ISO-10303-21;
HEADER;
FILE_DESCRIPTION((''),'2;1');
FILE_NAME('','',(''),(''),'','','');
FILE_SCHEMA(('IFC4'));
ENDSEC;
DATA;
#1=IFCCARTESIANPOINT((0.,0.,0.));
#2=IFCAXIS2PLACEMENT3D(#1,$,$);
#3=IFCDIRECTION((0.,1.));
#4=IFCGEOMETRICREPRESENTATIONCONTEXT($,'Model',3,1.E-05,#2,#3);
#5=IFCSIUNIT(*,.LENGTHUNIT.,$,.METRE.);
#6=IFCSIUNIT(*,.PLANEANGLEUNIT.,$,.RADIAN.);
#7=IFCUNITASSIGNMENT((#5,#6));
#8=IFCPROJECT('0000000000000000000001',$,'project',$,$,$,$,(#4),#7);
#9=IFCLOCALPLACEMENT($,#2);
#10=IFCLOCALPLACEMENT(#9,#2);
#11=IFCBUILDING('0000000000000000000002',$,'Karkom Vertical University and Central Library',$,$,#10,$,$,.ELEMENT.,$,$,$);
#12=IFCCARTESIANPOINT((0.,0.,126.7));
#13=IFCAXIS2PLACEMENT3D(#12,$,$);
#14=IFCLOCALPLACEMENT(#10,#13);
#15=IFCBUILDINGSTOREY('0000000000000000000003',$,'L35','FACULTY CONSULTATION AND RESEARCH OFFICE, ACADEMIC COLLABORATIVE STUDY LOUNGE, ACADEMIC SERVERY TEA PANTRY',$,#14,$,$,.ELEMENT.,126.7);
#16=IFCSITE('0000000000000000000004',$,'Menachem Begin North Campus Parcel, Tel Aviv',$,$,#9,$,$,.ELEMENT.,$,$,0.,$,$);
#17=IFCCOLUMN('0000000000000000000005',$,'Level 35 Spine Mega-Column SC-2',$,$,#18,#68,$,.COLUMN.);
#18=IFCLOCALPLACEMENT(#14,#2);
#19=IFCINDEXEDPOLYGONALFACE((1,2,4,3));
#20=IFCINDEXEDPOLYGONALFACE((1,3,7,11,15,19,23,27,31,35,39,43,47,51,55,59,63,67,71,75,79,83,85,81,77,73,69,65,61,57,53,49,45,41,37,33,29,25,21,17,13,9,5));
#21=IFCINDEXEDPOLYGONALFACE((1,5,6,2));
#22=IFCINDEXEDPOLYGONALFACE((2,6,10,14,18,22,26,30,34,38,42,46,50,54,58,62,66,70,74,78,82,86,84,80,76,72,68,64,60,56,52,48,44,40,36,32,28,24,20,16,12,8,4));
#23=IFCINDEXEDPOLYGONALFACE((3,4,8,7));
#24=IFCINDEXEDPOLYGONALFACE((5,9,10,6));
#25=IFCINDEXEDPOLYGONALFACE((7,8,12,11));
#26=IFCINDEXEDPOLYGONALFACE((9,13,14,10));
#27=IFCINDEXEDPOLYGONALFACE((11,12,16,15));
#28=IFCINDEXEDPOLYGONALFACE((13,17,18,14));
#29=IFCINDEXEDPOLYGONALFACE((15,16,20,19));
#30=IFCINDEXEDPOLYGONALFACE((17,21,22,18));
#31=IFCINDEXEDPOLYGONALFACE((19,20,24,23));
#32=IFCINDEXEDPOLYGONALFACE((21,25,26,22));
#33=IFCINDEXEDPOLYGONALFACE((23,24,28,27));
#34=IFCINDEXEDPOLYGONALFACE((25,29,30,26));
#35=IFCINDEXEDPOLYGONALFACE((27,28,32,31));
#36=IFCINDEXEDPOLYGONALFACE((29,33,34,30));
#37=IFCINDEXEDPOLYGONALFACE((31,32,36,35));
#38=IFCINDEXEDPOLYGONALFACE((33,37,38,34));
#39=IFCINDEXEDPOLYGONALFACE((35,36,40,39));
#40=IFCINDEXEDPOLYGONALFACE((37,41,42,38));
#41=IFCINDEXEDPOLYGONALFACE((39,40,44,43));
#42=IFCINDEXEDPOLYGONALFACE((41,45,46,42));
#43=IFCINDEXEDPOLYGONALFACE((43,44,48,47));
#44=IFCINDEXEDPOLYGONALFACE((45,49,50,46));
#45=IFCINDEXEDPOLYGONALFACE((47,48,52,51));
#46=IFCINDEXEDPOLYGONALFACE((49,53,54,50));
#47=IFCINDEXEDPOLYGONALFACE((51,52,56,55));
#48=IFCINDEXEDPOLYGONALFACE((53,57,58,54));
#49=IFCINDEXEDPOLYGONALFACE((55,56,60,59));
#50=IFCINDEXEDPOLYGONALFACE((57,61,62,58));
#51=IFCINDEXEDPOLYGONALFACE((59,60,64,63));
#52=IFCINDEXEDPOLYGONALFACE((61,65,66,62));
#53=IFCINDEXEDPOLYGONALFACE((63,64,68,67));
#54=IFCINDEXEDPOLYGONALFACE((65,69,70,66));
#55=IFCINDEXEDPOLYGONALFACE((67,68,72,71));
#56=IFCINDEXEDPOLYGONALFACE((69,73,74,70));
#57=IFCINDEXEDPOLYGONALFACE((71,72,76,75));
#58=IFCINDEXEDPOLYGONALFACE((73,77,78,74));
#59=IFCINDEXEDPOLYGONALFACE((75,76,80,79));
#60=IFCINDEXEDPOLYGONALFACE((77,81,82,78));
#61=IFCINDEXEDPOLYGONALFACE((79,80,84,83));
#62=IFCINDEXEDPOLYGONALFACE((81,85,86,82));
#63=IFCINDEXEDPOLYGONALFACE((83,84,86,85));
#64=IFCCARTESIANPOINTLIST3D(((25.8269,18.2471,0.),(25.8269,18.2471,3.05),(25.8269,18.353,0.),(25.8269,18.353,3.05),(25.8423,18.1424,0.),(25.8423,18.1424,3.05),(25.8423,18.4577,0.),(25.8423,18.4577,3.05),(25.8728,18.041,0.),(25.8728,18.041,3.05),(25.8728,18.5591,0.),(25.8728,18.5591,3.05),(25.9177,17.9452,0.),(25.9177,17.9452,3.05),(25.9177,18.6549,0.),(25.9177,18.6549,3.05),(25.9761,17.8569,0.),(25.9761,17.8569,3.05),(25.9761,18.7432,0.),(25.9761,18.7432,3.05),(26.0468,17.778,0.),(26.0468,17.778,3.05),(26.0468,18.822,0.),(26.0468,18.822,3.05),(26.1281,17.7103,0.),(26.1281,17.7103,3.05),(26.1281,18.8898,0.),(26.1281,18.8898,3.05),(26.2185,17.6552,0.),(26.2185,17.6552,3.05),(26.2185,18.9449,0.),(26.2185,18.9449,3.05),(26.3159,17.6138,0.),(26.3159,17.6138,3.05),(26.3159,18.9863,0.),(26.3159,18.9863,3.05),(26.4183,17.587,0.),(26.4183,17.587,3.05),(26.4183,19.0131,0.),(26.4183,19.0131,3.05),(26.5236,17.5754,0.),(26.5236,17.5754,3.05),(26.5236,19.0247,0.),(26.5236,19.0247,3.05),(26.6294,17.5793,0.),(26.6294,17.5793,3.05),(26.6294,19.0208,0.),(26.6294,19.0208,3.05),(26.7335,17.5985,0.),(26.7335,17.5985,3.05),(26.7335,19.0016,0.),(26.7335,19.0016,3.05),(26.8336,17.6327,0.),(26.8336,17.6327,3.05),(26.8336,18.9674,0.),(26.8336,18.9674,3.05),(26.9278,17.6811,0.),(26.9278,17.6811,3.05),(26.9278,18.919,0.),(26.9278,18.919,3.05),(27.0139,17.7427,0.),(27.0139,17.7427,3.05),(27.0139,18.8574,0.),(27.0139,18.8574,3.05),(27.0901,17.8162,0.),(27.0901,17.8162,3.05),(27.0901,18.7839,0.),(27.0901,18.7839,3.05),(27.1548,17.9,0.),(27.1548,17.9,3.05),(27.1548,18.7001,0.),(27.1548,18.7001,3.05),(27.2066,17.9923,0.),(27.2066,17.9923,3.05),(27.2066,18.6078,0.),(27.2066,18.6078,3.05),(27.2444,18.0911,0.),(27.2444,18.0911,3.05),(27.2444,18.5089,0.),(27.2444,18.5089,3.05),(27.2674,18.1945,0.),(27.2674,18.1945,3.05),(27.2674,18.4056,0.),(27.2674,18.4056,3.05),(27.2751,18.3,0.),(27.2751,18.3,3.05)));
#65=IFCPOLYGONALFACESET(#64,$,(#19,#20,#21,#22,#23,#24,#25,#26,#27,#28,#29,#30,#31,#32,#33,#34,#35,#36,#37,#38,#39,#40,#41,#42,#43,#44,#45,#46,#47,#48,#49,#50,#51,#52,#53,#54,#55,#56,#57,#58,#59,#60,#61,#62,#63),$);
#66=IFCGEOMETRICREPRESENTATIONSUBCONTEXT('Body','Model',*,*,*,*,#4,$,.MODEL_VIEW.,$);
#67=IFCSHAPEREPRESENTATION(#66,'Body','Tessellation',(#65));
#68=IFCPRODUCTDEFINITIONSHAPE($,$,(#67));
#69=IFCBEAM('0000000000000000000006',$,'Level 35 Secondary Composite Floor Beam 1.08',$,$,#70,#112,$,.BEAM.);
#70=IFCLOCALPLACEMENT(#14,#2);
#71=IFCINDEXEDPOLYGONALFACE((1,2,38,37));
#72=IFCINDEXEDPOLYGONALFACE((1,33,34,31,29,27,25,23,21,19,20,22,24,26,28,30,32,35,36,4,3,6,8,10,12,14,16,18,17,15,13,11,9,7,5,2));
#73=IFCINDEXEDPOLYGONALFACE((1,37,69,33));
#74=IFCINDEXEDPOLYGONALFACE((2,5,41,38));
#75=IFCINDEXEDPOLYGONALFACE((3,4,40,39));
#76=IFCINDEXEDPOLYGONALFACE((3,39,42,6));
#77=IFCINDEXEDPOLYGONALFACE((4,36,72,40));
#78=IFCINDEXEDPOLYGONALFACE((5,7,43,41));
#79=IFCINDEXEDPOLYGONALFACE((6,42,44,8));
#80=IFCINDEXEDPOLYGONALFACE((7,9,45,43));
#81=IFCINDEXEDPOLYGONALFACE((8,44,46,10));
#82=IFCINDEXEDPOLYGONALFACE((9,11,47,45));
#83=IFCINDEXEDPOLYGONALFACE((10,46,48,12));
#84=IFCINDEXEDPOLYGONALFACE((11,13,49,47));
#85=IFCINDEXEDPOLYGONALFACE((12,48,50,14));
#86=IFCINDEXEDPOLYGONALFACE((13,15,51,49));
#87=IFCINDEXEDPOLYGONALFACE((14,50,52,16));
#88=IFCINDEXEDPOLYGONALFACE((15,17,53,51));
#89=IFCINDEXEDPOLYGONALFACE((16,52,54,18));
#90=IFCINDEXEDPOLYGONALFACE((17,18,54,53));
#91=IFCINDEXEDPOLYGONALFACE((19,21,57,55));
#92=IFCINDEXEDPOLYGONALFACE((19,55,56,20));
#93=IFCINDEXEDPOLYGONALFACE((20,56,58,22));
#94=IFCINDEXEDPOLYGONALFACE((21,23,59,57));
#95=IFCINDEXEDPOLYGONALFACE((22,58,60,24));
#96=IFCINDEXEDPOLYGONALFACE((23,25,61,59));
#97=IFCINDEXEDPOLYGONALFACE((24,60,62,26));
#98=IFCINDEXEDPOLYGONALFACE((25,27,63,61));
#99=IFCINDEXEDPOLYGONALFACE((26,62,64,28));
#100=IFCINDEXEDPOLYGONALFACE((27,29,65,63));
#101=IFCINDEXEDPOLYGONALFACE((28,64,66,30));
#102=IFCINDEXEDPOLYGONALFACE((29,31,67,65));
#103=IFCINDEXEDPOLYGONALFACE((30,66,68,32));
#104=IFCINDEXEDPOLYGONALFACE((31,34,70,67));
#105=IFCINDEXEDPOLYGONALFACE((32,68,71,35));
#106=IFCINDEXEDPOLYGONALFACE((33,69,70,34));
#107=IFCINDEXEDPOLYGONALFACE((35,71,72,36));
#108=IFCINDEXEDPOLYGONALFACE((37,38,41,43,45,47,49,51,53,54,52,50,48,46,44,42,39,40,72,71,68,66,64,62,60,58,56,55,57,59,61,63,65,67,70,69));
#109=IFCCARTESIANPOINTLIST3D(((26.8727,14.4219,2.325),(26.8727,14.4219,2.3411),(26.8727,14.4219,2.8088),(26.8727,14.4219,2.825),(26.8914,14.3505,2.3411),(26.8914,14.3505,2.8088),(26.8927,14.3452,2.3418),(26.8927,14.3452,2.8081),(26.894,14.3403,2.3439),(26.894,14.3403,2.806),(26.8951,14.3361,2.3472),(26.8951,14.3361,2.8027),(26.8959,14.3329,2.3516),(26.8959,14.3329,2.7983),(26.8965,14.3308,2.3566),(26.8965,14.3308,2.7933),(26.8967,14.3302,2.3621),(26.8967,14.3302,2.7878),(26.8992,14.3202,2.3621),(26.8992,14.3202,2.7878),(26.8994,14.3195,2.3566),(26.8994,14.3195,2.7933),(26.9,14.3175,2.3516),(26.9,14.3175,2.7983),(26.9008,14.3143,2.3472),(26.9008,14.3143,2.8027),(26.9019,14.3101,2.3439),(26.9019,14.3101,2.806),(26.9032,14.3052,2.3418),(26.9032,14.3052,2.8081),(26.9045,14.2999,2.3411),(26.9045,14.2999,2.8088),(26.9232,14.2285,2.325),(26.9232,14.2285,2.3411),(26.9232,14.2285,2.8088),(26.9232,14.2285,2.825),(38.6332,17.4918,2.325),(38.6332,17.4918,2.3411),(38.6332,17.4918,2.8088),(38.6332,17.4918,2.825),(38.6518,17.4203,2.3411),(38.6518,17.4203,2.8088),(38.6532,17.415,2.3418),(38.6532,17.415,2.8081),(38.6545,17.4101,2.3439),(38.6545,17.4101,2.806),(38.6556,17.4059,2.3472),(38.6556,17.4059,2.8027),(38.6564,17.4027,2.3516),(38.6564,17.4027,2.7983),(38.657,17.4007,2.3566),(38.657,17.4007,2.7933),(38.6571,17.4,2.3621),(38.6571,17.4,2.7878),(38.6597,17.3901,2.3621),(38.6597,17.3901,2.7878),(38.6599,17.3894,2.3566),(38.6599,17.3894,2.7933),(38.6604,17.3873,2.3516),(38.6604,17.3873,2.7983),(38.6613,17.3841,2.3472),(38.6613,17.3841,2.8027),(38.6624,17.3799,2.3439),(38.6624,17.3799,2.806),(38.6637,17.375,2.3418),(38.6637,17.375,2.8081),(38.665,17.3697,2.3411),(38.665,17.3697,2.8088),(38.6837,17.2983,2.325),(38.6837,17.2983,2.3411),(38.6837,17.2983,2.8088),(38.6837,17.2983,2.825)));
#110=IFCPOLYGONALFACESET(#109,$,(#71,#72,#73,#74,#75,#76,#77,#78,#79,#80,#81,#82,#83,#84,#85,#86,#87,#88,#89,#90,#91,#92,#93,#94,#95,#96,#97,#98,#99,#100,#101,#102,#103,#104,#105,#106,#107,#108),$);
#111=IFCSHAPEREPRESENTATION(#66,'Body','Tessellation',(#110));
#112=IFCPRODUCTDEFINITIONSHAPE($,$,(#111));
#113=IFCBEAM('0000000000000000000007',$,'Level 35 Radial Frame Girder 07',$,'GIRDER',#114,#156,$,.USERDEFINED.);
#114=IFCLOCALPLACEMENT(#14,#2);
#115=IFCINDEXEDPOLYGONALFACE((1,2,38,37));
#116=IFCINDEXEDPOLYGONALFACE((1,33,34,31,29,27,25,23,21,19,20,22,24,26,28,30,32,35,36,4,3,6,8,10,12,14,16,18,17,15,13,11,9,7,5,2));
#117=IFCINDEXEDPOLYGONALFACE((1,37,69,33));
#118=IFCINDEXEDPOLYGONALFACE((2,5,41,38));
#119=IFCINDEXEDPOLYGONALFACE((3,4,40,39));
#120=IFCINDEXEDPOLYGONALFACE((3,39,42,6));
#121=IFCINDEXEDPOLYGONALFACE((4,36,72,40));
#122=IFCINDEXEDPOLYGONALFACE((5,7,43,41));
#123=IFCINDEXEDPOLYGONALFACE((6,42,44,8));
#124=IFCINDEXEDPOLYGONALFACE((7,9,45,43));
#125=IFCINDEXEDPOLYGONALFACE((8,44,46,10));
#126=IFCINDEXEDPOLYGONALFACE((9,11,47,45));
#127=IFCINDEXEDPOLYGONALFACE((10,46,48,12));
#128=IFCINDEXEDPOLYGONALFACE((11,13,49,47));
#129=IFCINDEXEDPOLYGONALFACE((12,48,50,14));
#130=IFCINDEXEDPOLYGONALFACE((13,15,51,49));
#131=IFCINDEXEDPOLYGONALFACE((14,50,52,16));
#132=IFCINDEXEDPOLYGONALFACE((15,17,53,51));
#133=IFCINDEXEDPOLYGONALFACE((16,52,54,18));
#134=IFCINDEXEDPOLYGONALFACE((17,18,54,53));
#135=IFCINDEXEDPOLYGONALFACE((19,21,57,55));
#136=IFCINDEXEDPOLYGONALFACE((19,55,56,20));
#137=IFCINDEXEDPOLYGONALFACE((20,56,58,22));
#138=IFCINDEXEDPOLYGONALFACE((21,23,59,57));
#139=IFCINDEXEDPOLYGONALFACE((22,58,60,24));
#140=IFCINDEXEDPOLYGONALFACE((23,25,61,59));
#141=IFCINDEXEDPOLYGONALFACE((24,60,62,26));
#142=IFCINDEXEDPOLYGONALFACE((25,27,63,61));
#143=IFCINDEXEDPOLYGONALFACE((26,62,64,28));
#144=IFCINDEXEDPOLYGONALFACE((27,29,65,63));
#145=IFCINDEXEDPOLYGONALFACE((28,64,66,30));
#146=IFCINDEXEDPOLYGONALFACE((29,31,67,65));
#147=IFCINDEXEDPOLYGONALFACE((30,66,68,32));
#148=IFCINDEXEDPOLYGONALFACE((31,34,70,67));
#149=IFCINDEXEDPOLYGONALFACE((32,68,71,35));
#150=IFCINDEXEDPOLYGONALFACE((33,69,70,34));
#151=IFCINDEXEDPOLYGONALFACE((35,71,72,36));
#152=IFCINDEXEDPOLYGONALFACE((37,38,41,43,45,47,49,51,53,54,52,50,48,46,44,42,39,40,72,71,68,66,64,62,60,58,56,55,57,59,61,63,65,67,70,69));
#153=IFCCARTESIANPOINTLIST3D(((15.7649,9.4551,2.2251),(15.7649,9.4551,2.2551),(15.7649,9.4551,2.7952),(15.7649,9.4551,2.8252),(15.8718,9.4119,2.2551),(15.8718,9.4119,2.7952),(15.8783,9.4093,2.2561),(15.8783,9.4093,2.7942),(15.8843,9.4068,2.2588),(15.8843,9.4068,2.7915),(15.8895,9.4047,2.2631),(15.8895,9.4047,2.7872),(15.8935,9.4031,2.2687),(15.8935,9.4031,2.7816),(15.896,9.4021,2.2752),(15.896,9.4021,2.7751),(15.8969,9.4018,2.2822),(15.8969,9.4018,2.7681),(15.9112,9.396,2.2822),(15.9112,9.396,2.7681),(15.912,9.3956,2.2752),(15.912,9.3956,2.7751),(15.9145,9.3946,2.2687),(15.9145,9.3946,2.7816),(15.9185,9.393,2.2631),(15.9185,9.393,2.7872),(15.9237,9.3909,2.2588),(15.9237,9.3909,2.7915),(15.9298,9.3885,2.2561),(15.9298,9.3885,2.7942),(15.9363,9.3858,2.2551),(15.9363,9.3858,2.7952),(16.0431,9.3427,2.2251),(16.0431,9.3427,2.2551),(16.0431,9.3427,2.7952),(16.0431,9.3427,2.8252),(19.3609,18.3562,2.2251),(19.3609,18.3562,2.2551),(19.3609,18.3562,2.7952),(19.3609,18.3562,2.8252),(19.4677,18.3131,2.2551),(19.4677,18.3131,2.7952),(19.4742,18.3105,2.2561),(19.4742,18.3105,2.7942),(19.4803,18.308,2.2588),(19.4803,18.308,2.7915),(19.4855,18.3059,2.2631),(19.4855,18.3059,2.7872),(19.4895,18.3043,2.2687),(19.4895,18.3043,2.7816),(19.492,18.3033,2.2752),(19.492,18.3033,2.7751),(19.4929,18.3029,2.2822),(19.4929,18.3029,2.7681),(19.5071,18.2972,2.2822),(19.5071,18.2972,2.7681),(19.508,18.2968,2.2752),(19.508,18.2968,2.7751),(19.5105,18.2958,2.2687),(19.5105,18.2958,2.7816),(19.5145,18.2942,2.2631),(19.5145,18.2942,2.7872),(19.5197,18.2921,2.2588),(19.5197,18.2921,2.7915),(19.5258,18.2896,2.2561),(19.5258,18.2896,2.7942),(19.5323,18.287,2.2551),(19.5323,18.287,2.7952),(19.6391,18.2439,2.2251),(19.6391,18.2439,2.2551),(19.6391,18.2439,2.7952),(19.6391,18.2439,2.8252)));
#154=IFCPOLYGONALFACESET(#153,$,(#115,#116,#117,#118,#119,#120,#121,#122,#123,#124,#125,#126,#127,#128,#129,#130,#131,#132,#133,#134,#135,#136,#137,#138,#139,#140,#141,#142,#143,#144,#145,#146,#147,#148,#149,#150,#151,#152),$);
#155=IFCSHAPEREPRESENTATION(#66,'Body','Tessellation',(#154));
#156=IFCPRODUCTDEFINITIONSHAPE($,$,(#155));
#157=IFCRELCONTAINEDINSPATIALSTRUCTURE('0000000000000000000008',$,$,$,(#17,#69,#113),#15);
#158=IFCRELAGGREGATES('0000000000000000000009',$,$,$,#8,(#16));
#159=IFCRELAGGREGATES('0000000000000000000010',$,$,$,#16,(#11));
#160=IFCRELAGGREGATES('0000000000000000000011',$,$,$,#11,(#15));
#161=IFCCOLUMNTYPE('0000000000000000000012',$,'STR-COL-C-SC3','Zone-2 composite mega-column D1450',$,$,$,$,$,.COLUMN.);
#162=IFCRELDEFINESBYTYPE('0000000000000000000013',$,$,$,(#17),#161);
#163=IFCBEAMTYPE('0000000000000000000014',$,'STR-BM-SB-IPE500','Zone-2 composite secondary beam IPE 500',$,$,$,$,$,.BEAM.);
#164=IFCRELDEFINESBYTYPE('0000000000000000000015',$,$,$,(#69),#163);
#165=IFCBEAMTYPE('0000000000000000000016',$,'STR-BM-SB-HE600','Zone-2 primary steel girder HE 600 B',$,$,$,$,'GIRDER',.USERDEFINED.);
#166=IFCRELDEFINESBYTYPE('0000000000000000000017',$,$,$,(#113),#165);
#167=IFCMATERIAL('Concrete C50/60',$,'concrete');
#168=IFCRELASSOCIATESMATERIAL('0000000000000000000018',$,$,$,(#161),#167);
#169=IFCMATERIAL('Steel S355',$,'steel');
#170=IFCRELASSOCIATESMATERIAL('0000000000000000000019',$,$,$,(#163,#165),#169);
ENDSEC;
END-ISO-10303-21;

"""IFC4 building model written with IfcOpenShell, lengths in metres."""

from ifc_helpers import new_model, si_unit, direction, frame, origin, origin_with_axes, origin_2d, place, context, subcontext, project, spatial, circle, i_section, extrude, source, transform, mapped, material, material_profile, profile_set, type_object, element, save


model = new_model("IFC4")

# Units and contexts
model_context = context("Model", 3, precision=1e-05, world=origin(), true_north=direction((0.0, 1.0)))
body_context = subcontext(model_context, "Body", "Model", "MODEL_VIEW")
ifc_project = project(units=[si_unit("LENGTHUNIT", "METRE"), si_unit("PLANEANGLEUNIT", "RADIAN")], contexts=[model_context])

# Site, building, storey
site_placement = place(None, origin())
site = spatial("IfcSite", under=ifc_project, at=site_placement, Name="Menachem Begin North Campus Parcel, Tel Aviv", CompositionType="ELEMENT", RefElevation=0.0)
building_placement = place(site_placement, origin())
building = spatial("IfcBuilding", under=site, at=building_placement, Name="Karkom Vertical University and Central Library", CompositionType="ELEMENT")
storey_placement = place(building_placement, frame((0.0, 0.0, 126.7)))
storey = spatial("IfcBuildingStorey", under=building, at=storey_placement, Name="L35", Description="FACULTY CONSULTATION AND RESEARCH OFFICE, ACADEMIC COLLABORATIVE STUDY LOUNGE, ACADEMIC SERVERY TEA PANTRY", CompositionType="ELEMENT", Elevation=126.7)

# Column
ifc_material_1 = material(Name="Concrete C50/60", Category="concrete")
ifc_material_profile_1 = material_profile(ifc_material_1, circle(Radius=0.7251, at=origin_2d()), Name="CFT-D1450")
ifc_profile_set_1 = profile_set([ifc_material_profile_1], Name="Concrete C50/60")
column_type = type_object("IfcColumnType", Name="STR-COL-C-SC3", Description="Zone-2 composite mega-column D1450", PredefinedType="COLUMN", material=ifc_profile_set_1)
shared_shape_1 = source(origin_with_axes(), body_context, "Body", "SweptSolid", [
    extrude(circle(Radius=0.7251, at=origin_2d()), origin(), (0.0, 0.0, 1.0), 3.05),
])
column_placement = place(storey_placement, frame((26.55, 18.3, 0.0), z_axis=(0.0, 0.0, 1.0), x_axis=(1.0, 0.0, 0.0)))
element("IfcColumn", 1, at=column_placement, inside=storey, type_object=column_type, Name="Level 35 Spine Mega-Column SC-2", PredefinedType="COLUMN", context=body_context, shape_type="MappedRepresentation", body=[
    mapped(shared_shape_1, transform((0.0, 0.0, 0.0), scale=1.0)),
])

# Beams
ifc_material_2 = material(Name="Steel S355", Category="steel")
ifc_material_profile_2 = material_profile(ifc_material_2, i_section(OverallWidth=0.2, OverallDepth=0.5, WebThickness=0.0103, FlangeThickness=0.0161, FilletRadius=0.021, at=origin_2d()), Name="IPE 500")
ifc_profile_set_2 = profile_set([ifc_material_profile_2], Name="Steel S355")
beam_type_1 = type_object("IfcBeamType", Name="STR-BM-SB-IPE500", Description="Zone-2 composite secondary beam IPE 500", PredefinedType="BEAM", material=ifc_profile_set_2)
shared_shape_2 = source(origin_with_axes(), body_context, "Body", "SweptSolid", [
    extrude(i_section(OverallWidth=0.2, OverallDepth=0.5, WebThickness=0.0103, FlangeThickness=0.0161, FilletRadius=0.021, at=origin_2d()), origin(), (0.0, 0.0, 1.0), 12.1545),
])
beam_1_placement = place(storey_placement, frame((26.8979, 14.3252, 2.575), z_axis=(0.96758, 0.252566, 0.0), x_axis=(-0.252566, 0.96758, 0.0)))
element("IfcBeam", 2, at=beam_1_placement, inside=storey, type_object=beam_type_1, Name="Level 35 Secondary Composite Floor Beam 1.08", PredefinedType="BEAM", context=body_context, shape_type="MappedRepresentation", body=[
    mapped(shared_shape_2, transform((0.0, 0.0, 0.0), scale=1.0)),
])
ifc_material_profile_3 = material_profile(ifc_material_2, i_section(OverallWidth=0.3, OverallDepth=0.6001, WebThickness=0.0154, FlangeThickness=0.03, FilletRadius=0.0271, at=origin_2d()), Name="HE 600 B")
ifc_profile_set_3 = profile_set([ifc_material_profile_3], Name="Steel S355")
beam_type_2 = type_object("IfcBeamType", Name="STR-BM-SB-HE600", Description="Zone-2 primary steel girder HE 600 B", ElementType="GIRDER", PredefinedType="USERDEFINED", material=ifc_profile_set_3)
shared_shape_3 = source(origin_with_axes(), body_context, "Body", "SweptSolid", [
    extrude(i_section(OverallWidth=0.3, OverallDepth=0.6001, WebThickness=0.0154, FlangeThickness=0.03, FilletRadius=0.0271, at=origin_2d()), origin(), (0.0, 0.0, 1.0), 9.6001),
])
beam_2_placement = place(storey_placement, frame((19.5, 18.3, 2.5251), z_axis=(-0.374576, -0.927196, 0.0), x_axis=(0.927196, -0.374576, 0.0)))
element("IfcBeam", 3, at=beam_2_placement, inside=storey, type_object=beam_type_2, Name="Level 35 Radial Frame Girder 07", ObjectType="GIRDER", PredefinedType="USERDEFINED", context=body_context, shape_type="MappedRepresentation", body=[
    mapped(shared_shape_3, transform((0.0, 0.0, 0.0), scale=1.0)),
])

save(model, "model.ifc")
